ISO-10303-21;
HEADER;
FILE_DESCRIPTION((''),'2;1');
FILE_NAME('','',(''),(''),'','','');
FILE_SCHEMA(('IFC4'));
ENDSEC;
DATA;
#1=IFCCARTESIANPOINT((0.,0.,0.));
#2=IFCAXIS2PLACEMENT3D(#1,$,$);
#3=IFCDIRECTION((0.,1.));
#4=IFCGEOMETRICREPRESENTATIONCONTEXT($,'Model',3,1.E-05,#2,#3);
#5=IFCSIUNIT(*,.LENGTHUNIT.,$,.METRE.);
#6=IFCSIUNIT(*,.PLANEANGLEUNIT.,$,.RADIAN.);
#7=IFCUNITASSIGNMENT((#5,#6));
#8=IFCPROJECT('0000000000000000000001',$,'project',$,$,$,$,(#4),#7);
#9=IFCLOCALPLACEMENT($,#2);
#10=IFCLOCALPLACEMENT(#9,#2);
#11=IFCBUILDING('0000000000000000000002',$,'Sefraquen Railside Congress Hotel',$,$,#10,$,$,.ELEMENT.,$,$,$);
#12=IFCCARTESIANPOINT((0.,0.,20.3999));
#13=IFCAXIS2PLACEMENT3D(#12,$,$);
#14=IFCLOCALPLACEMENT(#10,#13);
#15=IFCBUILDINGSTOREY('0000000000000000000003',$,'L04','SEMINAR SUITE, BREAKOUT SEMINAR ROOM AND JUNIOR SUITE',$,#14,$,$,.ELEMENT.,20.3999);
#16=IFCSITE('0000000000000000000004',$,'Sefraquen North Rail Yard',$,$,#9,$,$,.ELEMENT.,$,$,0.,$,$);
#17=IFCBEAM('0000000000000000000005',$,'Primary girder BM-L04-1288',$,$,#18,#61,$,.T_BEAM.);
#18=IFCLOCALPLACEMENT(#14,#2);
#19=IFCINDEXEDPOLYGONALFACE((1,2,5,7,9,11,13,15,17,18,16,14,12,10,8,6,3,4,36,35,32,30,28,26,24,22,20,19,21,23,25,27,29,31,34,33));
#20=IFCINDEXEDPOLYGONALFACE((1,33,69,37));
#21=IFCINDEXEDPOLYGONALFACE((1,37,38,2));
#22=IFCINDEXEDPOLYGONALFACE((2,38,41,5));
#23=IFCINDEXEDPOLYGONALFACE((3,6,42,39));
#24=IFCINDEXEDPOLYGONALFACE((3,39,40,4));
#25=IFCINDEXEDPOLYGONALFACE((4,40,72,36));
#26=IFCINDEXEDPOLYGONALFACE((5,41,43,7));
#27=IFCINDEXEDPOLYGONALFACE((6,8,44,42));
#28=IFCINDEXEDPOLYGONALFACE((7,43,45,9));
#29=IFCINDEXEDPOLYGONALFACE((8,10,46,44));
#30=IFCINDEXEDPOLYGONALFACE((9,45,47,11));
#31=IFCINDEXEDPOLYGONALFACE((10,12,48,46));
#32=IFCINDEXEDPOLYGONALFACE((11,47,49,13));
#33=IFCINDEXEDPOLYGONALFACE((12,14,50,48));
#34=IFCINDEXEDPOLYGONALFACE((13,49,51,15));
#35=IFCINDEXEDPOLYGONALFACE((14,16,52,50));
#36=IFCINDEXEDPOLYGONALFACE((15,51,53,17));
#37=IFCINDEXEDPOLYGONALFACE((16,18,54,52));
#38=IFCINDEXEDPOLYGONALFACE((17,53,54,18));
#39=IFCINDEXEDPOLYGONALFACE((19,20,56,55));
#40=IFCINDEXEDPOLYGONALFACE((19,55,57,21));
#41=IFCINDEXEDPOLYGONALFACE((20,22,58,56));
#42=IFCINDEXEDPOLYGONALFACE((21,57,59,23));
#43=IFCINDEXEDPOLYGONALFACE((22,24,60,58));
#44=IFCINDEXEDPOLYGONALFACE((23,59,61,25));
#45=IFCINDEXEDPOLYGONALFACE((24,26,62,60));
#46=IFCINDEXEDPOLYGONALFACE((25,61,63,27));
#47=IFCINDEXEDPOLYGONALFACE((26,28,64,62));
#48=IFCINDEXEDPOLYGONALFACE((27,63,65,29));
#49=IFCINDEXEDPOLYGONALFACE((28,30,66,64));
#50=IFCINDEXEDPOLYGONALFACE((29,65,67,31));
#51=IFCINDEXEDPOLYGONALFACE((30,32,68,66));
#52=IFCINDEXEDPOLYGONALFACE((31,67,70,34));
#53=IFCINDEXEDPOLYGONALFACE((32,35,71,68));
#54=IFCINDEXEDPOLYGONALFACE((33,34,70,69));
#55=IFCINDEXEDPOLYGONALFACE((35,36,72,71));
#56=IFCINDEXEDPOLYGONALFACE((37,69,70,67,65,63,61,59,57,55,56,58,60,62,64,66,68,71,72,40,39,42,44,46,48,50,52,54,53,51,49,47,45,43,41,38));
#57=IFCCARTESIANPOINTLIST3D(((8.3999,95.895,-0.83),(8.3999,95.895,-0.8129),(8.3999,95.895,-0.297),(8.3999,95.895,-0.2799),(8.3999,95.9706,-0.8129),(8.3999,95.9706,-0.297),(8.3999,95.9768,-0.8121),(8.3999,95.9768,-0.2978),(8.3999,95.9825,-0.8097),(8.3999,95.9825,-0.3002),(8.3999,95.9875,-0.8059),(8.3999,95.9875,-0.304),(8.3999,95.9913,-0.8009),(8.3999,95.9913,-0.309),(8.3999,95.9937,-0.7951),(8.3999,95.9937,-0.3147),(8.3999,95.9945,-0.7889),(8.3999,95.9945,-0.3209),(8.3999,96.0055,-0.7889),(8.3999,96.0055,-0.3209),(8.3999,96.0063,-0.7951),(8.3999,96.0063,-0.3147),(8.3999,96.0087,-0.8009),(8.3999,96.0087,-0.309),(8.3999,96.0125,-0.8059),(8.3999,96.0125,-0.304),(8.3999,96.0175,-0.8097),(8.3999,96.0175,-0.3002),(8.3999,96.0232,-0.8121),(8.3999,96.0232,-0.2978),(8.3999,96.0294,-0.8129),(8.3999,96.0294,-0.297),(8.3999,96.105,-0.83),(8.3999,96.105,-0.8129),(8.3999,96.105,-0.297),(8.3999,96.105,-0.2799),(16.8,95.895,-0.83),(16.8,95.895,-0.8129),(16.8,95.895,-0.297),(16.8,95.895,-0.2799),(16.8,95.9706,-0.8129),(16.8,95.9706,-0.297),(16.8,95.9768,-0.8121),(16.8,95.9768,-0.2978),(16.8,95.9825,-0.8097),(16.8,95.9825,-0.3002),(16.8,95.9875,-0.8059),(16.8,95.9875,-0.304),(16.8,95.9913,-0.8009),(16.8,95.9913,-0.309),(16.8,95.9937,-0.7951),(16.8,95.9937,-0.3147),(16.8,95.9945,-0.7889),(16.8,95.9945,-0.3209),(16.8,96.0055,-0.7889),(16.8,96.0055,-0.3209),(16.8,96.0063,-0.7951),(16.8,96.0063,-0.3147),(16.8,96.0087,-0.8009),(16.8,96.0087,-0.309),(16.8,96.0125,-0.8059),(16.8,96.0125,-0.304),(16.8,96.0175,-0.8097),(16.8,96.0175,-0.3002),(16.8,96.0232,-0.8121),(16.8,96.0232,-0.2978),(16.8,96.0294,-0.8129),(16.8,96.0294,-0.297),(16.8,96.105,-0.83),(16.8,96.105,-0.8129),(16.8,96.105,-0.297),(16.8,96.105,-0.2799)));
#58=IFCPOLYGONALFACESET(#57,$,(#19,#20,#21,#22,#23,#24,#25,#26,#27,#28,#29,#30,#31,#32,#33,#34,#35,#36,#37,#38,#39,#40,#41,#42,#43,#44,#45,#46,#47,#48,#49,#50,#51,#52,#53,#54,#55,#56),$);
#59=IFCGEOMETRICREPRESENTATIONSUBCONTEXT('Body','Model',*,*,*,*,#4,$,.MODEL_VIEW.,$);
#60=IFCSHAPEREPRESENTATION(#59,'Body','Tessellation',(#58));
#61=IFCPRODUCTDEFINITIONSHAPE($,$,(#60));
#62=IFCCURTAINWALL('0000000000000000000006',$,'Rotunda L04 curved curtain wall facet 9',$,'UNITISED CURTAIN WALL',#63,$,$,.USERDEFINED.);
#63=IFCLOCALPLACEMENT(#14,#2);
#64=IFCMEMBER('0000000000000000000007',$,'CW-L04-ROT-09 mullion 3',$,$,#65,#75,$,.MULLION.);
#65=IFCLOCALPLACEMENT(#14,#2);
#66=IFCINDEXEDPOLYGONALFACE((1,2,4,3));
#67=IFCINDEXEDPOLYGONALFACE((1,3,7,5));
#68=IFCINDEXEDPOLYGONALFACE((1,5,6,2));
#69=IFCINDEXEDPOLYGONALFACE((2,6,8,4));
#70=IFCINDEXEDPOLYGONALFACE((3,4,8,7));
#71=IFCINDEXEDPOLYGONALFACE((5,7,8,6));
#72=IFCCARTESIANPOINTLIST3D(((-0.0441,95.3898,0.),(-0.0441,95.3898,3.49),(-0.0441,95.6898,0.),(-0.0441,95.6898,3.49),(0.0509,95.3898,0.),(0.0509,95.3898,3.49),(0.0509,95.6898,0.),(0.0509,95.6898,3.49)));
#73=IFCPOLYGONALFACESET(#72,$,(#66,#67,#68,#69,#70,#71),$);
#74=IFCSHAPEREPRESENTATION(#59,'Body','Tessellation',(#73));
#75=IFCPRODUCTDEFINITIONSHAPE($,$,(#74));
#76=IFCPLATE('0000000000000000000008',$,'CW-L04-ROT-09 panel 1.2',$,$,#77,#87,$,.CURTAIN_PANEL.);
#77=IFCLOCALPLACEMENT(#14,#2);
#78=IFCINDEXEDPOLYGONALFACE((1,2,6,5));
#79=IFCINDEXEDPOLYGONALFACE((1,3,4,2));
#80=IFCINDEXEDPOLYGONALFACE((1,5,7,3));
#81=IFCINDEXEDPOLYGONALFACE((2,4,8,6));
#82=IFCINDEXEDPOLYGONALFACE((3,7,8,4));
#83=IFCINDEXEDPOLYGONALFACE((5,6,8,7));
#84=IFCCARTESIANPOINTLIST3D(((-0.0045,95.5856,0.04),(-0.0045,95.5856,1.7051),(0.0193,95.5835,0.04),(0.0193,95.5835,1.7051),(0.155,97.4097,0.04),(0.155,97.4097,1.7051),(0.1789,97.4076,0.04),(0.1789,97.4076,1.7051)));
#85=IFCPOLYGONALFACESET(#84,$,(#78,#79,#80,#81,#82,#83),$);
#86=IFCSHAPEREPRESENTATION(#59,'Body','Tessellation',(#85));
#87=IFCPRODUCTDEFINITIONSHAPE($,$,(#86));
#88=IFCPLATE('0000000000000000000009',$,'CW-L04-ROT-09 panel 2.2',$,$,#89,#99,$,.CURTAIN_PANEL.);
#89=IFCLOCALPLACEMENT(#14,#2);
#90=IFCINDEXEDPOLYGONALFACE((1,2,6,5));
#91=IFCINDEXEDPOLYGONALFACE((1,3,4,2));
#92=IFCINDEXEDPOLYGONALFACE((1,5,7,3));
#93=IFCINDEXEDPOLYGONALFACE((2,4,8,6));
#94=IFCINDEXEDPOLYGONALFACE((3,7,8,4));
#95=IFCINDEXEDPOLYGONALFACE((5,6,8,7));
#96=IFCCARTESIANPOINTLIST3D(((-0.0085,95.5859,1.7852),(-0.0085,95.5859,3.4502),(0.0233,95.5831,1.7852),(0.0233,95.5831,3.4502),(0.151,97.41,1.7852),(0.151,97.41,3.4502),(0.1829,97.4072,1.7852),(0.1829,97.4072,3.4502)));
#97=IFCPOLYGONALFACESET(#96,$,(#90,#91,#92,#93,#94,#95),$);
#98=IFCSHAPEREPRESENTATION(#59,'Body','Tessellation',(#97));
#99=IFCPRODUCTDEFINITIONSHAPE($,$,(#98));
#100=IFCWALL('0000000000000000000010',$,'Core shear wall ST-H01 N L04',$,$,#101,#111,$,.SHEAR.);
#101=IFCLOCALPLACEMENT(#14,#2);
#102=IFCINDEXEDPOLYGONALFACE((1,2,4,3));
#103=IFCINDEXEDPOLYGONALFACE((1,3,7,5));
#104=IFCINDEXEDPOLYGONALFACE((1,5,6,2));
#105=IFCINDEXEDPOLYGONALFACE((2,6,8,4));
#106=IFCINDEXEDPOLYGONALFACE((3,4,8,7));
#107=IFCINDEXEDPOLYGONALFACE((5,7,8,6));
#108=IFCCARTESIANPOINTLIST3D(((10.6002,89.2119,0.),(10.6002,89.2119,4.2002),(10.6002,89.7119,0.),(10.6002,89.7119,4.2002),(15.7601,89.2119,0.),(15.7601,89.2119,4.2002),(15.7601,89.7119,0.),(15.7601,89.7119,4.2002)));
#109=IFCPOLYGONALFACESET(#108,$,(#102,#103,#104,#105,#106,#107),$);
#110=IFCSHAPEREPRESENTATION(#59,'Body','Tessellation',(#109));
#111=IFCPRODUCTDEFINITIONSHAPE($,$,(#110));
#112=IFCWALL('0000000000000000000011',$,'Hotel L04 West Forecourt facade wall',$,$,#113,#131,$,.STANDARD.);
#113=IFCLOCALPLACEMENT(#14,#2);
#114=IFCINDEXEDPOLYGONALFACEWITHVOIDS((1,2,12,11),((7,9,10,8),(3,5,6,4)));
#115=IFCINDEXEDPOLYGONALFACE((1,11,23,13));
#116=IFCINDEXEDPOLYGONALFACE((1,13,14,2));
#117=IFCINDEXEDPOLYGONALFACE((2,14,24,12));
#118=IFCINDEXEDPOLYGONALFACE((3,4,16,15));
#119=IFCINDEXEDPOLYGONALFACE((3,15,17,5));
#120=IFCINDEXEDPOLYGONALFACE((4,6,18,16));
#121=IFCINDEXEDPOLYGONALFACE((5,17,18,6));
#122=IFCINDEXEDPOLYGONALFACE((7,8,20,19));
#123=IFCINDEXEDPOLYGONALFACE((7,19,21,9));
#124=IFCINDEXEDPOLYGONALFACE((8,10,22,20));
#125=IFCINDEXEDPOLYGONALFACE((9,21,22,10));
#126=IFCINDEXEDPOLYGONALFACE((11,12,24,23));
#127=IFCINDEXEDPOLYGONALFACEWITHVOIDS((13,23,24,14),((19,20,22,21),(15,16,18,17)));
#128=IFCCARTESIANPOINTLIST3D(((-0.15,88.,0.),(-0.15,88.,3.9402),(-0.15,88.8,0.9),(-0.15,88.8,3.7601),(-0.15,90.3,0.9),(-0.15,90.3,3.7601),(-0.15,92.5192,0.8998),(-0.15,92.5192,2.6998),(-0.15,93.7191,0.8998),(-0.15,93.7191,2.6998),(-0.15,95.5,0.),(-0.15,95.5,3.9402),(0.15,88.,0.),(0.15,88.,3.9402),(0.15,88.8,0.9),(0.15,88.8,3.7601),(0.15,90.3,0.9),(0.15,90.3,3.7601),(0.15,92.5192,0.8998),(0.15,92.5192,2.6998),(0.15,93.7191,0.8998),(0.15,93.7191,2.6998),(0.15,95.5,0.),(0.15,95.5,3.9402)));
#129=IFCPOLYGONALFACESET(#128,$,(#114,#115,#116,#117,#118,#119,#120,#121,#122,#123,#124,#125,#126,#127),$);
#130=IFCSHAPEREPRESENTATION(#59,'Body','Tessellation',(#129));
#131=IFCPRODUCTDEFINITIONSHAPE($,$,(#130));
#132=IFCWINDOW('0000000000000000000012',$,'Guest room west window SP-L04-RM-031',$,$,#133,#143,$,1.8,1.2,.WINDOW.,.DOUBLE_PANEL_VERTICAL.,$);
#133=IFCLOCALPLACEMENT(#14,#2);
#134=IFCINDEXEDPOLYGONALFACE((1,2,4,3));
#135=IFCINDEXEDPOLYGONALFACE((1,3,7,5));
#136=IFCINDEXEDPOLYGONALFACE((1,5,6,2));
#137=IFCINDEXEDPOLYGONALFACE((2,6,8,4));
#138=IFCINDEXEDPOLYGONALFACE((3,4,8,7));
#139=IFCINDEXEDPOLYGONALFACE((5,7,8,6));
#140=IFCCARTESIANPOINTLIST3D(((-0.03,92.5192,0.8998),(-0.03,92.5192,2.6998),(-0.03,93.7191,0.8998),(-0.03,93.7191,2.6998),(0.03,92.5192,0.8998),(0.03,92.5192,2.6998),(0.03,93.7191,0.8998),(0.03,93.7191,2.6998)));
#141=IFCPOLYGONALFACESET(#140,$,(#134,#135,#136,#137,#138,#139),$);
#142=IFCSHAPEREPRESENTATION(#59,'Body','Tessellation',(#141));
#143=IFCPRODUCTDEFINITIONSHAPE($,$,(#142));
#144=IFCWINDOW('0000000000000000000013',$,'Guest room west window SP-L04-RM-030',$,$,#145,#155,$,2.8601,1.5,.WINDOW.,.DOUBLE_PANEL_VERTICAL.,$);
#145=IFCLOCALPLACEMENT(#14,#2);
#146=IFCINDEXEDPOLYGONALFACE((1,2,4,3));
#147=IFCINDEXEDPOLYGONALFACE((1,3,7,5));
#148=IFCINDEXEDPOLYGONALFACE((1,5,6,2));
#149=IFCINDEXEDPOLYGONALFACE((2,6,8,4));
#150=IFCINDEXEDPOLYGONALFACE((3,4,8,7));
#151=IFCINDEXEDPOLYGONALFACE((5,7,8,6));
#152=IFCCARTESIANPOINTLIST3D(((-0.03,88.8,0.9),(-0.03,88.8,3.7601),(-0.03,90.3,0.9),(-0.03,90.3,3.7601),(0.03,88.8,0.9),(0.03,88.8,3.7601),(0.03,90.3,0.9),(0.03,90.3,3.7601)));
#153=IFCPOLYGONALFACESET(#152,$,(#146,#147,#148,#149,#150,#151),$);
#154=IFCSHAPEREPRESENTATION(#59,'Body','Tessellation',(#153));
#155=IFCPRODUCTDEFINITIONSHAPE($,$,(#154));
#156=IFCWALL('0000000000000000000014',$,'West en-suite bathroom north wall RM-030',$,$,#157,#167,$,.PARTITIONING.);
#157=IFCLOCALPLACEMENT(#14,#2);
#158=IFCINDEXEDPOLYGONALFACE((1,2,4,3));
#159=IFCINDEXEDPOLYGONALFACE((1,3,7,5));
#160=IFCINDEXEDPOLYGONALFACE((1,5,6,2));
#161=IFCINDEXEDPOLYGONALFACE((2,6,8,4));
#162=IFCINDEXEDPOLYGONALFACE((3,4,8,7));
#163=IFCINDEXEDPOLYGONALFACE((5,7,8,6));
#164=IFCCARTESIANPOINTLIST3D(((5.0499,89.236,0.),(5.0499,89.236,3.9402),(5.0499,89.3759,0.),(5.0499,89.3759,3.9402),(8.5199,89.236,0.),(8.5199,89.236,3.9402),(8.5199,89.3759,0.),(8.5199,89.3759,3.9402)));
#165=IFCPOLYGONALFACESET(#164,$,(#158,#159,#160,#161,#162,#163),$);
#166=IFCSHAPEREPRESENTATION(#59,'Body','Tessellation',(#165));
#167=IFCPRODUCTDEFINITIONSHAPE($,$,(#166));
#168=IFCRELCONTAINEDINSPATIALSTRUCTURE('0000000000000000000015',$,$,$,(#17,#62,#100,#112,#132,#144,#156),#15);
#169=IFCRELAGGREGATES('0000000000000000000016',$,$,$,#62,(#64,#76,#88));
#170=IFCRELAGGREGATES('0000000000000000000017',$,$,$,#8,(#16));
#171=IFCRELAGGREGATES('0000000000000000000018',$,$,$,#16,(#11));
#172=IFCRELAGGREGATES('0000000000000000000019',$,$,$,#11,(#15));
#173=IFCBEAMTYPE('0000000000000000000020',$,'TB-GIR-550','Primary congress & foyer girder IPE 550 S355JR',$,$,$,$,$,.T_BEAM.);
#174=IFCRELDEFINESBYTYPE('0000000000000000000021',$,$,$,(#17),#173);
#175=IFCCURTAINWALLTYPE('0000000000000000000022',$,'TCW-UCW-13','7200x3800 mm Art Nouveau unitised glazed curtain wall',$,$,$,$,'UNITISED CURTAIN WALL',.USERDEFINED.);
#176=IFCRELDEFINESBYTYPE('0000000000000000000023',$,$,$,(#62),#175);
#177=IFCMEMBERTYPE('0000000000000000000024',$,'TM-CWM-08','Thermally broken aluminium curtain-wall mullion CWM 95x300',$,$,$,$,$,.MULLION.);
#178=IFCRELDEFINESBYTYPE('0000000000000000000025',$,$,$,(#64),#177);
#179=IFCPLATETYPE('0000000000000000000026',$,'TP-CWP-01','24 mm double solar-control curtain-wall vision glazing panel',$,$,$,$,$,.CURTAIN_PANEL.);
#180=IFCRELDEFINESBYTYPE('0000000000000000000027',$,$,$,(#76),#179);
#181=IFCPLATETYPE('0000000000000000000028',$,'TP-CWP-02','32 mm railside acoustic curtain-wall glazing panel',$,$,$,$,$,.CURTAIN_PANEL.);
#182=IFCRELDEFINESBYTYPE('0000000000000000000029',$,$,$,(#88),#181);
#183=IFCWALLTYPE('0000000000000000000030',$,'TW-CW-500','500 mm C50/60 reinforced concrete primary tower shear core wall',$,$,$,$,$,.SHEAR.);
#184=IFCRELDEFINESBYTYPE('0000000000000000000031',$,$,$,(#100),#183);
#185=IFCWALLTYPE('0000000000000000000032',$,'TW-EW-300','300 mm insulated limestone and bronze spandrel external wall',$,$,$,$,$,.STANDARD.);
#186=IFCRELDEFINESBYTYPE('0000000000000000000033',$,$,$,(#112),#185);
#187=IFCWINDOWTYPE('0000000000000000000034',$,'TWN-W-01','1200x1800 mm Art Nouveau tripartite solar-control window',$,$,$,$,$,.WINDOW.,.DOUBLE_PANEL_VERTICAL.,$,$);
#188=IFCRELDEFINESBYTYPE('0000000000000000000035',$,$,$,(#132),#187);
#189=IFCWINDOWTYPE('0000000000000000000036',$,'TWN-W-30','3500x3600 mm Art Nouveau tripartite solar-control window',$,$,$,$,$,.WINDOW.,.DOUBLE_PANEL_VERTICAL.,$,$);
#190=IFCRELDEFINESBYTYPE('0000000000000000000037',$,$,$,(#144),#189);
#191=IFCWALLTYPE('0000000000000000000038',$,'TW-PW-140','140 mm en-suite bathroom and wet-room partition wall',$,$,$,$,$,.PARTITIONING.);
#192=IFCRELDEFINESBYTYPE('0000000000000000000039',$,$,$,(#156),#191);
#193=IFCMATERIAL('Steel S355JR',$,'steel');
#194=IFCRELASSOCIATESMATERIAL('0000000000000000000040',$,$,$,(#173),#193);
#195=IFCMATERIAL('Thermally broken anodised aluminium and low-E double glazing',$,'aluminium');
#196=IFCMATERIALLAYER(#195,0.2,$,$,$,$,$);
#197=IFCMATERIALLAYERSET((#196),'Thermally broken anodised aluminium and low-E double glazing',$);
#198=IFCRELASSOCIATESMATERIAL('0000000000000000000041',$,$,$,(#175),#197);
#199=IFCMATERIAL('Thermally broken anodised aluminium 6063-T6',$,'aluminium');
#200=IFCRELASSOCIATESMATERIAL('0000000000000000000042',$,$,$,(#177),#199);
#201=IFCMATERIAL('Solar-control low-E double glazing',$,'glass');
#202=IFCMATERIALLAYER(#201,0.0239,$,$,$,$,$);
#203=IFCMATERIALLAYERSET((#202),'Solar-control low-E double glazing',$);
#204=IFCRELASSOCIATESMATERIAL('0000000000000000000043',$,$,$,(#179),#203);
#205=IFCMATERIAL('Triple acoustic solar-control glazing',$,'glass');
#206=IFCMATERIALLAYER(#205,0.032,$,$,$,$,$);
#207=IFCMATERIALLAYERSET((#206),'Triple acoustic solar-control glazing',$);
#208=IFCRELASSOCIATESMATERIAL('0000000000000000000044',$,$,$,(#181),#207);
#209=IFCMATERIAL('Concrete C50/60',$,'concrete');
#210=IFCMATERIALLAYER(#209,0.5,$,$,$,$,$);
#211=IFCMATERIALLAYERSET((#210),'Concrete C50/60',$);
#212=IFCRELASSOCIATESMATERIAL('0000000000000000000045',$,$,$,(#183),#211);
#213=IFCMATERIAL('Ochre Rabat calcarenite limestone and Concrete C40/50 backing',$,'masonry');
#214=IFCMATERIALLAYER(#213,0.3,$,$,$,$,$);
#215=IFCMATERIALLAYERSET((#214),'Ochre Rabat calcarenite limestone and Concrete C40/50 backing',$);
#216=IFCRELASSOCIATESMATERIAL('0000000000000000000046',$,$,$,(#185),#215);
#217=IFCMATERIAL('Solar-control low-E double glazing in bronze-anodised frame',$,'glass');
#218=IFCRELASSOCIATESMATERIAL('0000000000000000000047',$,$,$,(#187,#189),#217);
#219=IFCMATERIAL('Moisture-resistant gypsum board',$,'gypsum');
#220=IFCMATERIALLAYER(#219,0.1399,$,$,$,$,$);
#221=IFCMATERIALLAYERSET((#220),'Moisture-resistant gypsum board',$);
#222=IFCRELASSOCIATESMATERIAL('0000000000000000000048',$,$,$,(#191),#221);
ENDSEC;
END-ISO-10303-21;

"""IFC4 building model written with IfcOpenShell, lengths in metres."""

from ifc_helpers import new_model, si_unit, direction, frame, frame_2d, origin, origin_2d, place, context, subcontext, project, spatial, rectangle, i_section, extrude, material, layer, layer_set, material_profile, profile_set, type_object, element, fill, aggregate, save


model = new_model("IFC4")

# Units and contexts
model_context = context("Model", 3, precision=1e-05, world=origin(), true_north=direction((0.0, 1.0)))
body_context = subcontext(model_context, "Body", "Model", "MODEL_VIEW")
ifc_project = project(units=[si_unit("LENGTHUNIT", "METRE"), si_unit("PLANEANGLEUNIT", "RADIAN")], contexts=[model_context])

# Site, building, storey
site_placement = place(None, origin())
site = spatial("IfcSite", under=ifc_project, at=site_placement, Name="Sefraquen North Rail Yard", CompositionType="ELEMENT", RefElevation=0.0)
building_placement = place(site_placement, origin())
building = spatial("IfcBuilding", under=site, at=building_placement, Name="Sefraquen Railside Congress Hotel", CompositionType="ELEMENT")
storey_placement = place(building_placement, frame((0.0, 0.0, 20.3999)))
storey = spatial("IfcBuildingStorey", under=building, at=storey_placement, Name="L04", Description="SEMINAR SUITE, BREAKOUT SEMINAR ROOM AND JUNIOR SUITE", CompositionType="ELEMENT", Elevation=20.3999)

# Shared definitions
ifc_material_1 = material(Name="Steel S355JR", Category="steel")

# Beam
ifc_material_profile_1 = material_profile(ifc_material_1, i_section(OverallWidth=0.21, OverallDepth=0.55, WebThickness=0.011, FlangeThickness=0.0171, FilletRadius=0.0239, at=origin_2d()), Name="IPE 550")
ifc_profile_set_1 = profile_set([ifc_material_profile_1], Name="Steel S355JR")
beam_type_1 = type_object("IfcBeamType", Name="TB-GIR-550", Description="Primary congress & foyer girder IPE 550 S355JR", PredefinedType="T_BEAM", material=ifc_profile_set_1)
beam_1_placement = place(storey_placement, frame((8.3999, 96.0, -0.5549), z_axis=(1.0, 0.0, 0.0), x_axis=(0.0, 1.0, 0.0)))
element("IfcBeam", 1, at=beam_1_placement, inside=storey, type_object=beam_type_1, Name="Primary girder BM-L04-1288", PredefinedType="T_BEAM", context=body_context, shape_type="SweptSolid", body=[
    extrude(i_section(OverallWidth=0.21, OverallDepth=0.55, WebThickness=0.011, FlangeThickness=0.0171, FilletRadius=0.0239, at=origin_2d()), origin(), (0.0, 0.0, 1.0), 8.4001),
])

# Curtain wall, member, plates
ifc_material_2 = material(Name="Thermally broken anodised aluminium and low-E double glazing", Category="aluminium")
ifc_layer_1 = layer(ifc_material_2, 0.2)
ifc_layer_set_1 = layer_set([ifc_layer_1], Name="Thermally broken anodised aluminium and low-E double glazing")
curtain_wall_type = type_object("IfcCurtainWallType", Name="TCW-UCW-13", Description="7200x3800 mm Art Nouveau unitised glazed curtain wall", ElementType="UNITISED CURTAIN WALL", PredefinedType="USERDEFINED", material=ifc_layer_set_1)
curtain_wall_placement = place(storey_placement, origin())
curtain_wall = element("IfcCurtainWall", 2, at=curtain_wall_placement, inside=storey, type_object=curtain_wall_type, Name="Rotunda L04 curved curtain wall facet 9", ObjectType="UNITISED CURTAIN WALL", PredefinedType="USERDEFINED")
ifc_material_3 = material(Name="Thermally broken anodised aluminium 6063-T6", Category="aluminium")
ifc_material_profile_2 = material_profile(ifc_material_3, rectangle(XDim=0.095, YDim=0.3, at=origin_2d()), Name="CWM 95x300")
ifc_profile_set_2 = profile_set([ifc_material_profile_2], Name="Thermally broken anodised aluminium 6063-T6")
member_type = type_object("IfcMemberType", Name="TM-CWM-08", Description="Thermally broken aluminium curtain-wall mullion CWM 95x300", PredefinedType="MULLION", material=ifc_profile_set_2)
member_placement = place(storey_placement, frame((0.0034, 95.5398, 0.0), z_axis=(0.0, 0.0, 1.0), x_axis=(1.0, 0.0, 0.0)))
member = element("IfcMember", 3, at=member_placement, type_object=member_type, Name="CW-L04-ROT-09 mullion 3", PredefinedType="MULLION", context=body_context, shape_type="SweptSolid", body=[
    extrude(rectangle(XDim=0.095, YDim=0.3, at=origin_2d()), origin(), (0.0, 0.0, 1.0), 3.49),
])
ifc_material_4 = material(Name="Solar-control low-E double glazing", Category="glass")
ifc_layer_2 = layer(ifc_material_4, 0.0239)
ifc_layer_set_2 = layer_set([ifc_layer_2], Name="Solar-control low-E double glazing")
plate_type_1 = type_object("IfcPlateType", Name="TP-CWP-01", Description="24 mm double solar-control curtain-wall vision glazing panel", PredefinedType="CURTAIN_PANEL", material=ifc_layer_set_2)
plate_1_placement = place(storey_placement, frame((0.0872, 96.4966, 0.04), z_axis=(0.0, 0.0, 1.0), x_axis=(-0.087138, -0.996196, 0.0)))
plate_1 = element("IfcPlate", 4, at=plate_1_placement, type_object=plate_type_1, Name="CW-L04-ROT-09 panel 1.2", PredefinedType="CURTAIN_PANEL", context=body_context, shape_type="SweptSolid", body=[
    extrude(rectangle(XDim=1.8311, YDim=0.0239, at=origin_2d()), origin(), (0.0, 0.0, 1.0), 1.665),
])
ifc_material_5 = material(Name="Triple acoustic solar-control glazing", Category="glass")
ifc_layer_3 = layer(ifc_material_5, 0.032)
ifc_layer_set_3 = layer_set([ifc_layer_3], Name="Triple acoustic solar-control glazing")
plate_type_2 = type_object("IfcPlateType", Name="TP-CWP-02", Description="32 mm railside acoustic curtain-wall glazing panel", PredefinedType="CURTAIN_PANEL", material=ifc_layer_set_3)
plate_2_placement = place(storey_placement, frame((0.0872, 96.4966, 1.7852), z_axis=(0.0, 0.0, 1.0), x_axis=(-0.087138, -0.996196, 0.0)))
plate_2 = element("IfcPlate", 5, at=plate_2_placement, type_object=plate_type_2, Name="CW-L04-ROT-09 panel 2.2", PredefinedType="CURTAIN_PANEL", context=body_context, shape_type="SweptSolid", body=[
    extrude(rectangle(XDim=1.8311, YDim=0.032, at=origin_2d()), origin(), (0.0, 0.0, 1.0), 1.665),
])
aggregate(curtain_wall, [member, plate_1, plate_2])

# Wall
ifc_material_6 = material(Name="Concrete C50/60", Category="concrete")
ifc_layer_4 = layer(ifc_material_6, 0.5)
ifc_layer_set_4 = layer_set([ifc_layer_4], Name="Concrete C50/60")
wall_type_1 = type_object("IfcWallType", Name="TW-CW-500", Description="500 mm C50/60 reinforced concrete primary tower shear core wall", PredefinedType="SHEAR", material=ifc_layer_set_4)
wall_1_placement = place(storey_placement, frame((10.6001, 89.4619, 0.0), z_axis=(0.0, 0.0, 1.0), x_axis=(1.0, 0.0, 0.0)))
element("IfcWall", 6, at=wall_1_placement, inside=storey, type_object=wall_type_1, Name="Core shear wall ST-H01 N L04", PredefinedType="SHEAR", context=body_context, shape_type="SweptSolid", body=[
    extrude(rectangle(XDim=5.1599, YDim=0.5, at=frame_2d((2.5801, 0.0))), origin(), (0.0, 0.0, 1.0), 4.2002),
])

# Wall, openings, windows
ifc_material_7 = material(Name="Ochre Rabat calcarenite limestone and Concrete C40/50 backing", Category="masonry")
ifc_layer_5 = layer(ifc_material_7, 0.3)
ifc_layer_set_5 = layer_set([ifc_layer_5], Name="Ochre Rabat calcarenite limestone and Concrete C40/50 backing")
wall_type_2 = type_object("IfcWallType", Name="TW-EW-300", Description="300 mm insulated limestone and bronze spandrel external wall", PredefinedType="STANDARD", material=ifc_layer_set_5)
wall_2_placement = place(storey_placement, frame((0.0, 88.0, 0.0), z_axis=(0.0, 0.0, 1.0), x_axis=(0.0, 1.0, 0.0)))
wall_2 = element("IfcWall", 7, at=wall_2_placement, inside=storey, type_object=wall_type_2, Name="Hotel L04 West Forecourt facade wall", PredefinedType="STANDARD", context=body_context, shape_type="SweptSolid", body=[
    extrude(rectangle(XDim=7.5, YDim=0.3, at=frame_2d((3.75, 0.0))), origin(), (0.0, 0.0, 1.0), 3.9402),
])
opening_1_placement = place(wall_2_placement, frame((0.8, 0.0, 0.8999)))
opening_1 = element("IfcOpeningElement", 8, at=opening_1_placement, cuts=wall_2, PredefinedType="OPENING", context=body_context, shape_type="SweptSolid", body=[
    extrude(rectangle(XDim=1.5, YDim=2.8601, at=frame_2d((0.75, 1.4302))), frame((0.0, 0.1599, 0.0), z_axis=(0.0, -1.0, 0.0), x_axis=(1.0, 0.0, 0.0)), (0.0, 0.0, 1.0), 0.3201),
])
opening_2_placement = place(wall_2_placement, frame((4.519, 0.0, 0.8999)))
opening_2 = element("IfcOpeningElement", 9, at=opening_2_placement, cuts=wall_2, PredefinedType="OPENING", context=body_context, shape_type="SweptSolid", body=[
    extrude(rectangle(XDim=1.2, YDim=1.8, at=frame_2d((0.6001, 0.8999))), frame((0.0, 0.1599, 0.0), z_axis=(0.0, -1.0, 0.0), x_axis=(1.0, 0.0, 0.0)), (0.0, 0.0, 1.0), 0.3201),
])
ifc_material_8 = material(Name="Solar-control low-E double glazing in bronze-anodised frame", Category="glass")
window_type_1 = type_object("IfcWindowType", Name="TWN-W-01", Description="1200x1800 mm Art Nouveau tripartite solar-control window", PartitioningType="DOUBLE_PANEL_VERTICAL", PredefinedType="WINDOW", material=ifc_material_8)
window_1_placement = place(opening_2_placement, origin())
window_1 = element("IfcWindow", 10, at=window_1_placement, inside=storey, type_object=window_type_1, Name="Guest room west window SP-L04-RM-031", OverallHeight=1.8, OverallWidth=1.2, PartitioningType="DOUBLE_PANEL_VERTICAL", PredefinedType="WINDOW", context=body_context, shape_type="SweptSolid", body=[
    extrude(rectangle(XDim=1.2, YDim=1.8, at=frame_2d((0.6001, 0.8999))), frame((0.0, 0.03, 0.0), z_axis=(0.0, -1.0, 0.0), x_axis=(1.0, 0.0, 0.0)), (0.0, 0.0, 1.0), 0.0601),
])
fill(opening_2, window_1)
window_type_2 = type_object("IfcWindowType", Name="TWN-W-30", Description="3500x3600 mm Art Nouveau tripartite solar-control window", PartitioningType="DOUBLE_PANEL_VERTICAL", PredefinedType="WINDOW", material=ifc_material_8)
window_2_placement = place(opening_1_placement, origin())
window_2 = element("IfcWindow", 11, at=window_2_placement, inside=storey, type_object=window_type_2, Name="Guest room west window SP-L04-RM-030", OverallHeight=2.8601, OverallWidth=1.5, PartitioningType="DOUBLE_PANEL_VERTICAL", PredefinedType="WINDOW", context=body_context, shape_type="SweptSolid", body=[
    extrude(rectangle(XDim=1.5, YDim=2.8601, at=frame_2d((0.75, 1.4302))), frame((0.0, 0.03, 0.0), z_axis=(0.0, -1.0, 0.0), x_axis=(1.0, 0.0, 0.0)), (0.0, 0.0, 1.0), 0.0601),
])
fill(opening_1, window_2)

# Wall
ifc_material_9 = material(Name="Moisture-resistant gypsum board", Category="gypsum")
ifc_layer_6 = layer(ifc_material_9, 0.1399)
ifc_layer_set_6 = layer_set([ifc_layer_6], Name="Moisture-resistant gypsum board")
wall_type_3 = type_object("IfcWallType", Name="TW-PW-140", Description="140 mm en-suite bathroom and wet-room partition wall", PredefinedType="PARTITIONING", material=ifc_layer_set_6)
for number, where, z_axis, x_axis, name in (
    (12, (5.05, 89.3059, 0.0), (0.0, 0.0, 1.0), (1.0, 0.0, 0.0), "West en-suite bathroom north wall RM-030"),
):
    element("IfcWall", number, at=place(storey_placement, frame(where, z_axis=z_axis, x_axis=x_axis)), inside=storey, type_object=wall_type_3, Name=name, PredefinedType="PARTITIONING", context=body_context, shape_type="SweptSolid", body=[
        extrude(rectangle(XDim=3.47, YDim=0.1399, at=frame_2d((1.7349, 0.0))), origin(), (0.0, 0.0, 1.0), 3.9402),
    ])

save(model, "model.ifc")
